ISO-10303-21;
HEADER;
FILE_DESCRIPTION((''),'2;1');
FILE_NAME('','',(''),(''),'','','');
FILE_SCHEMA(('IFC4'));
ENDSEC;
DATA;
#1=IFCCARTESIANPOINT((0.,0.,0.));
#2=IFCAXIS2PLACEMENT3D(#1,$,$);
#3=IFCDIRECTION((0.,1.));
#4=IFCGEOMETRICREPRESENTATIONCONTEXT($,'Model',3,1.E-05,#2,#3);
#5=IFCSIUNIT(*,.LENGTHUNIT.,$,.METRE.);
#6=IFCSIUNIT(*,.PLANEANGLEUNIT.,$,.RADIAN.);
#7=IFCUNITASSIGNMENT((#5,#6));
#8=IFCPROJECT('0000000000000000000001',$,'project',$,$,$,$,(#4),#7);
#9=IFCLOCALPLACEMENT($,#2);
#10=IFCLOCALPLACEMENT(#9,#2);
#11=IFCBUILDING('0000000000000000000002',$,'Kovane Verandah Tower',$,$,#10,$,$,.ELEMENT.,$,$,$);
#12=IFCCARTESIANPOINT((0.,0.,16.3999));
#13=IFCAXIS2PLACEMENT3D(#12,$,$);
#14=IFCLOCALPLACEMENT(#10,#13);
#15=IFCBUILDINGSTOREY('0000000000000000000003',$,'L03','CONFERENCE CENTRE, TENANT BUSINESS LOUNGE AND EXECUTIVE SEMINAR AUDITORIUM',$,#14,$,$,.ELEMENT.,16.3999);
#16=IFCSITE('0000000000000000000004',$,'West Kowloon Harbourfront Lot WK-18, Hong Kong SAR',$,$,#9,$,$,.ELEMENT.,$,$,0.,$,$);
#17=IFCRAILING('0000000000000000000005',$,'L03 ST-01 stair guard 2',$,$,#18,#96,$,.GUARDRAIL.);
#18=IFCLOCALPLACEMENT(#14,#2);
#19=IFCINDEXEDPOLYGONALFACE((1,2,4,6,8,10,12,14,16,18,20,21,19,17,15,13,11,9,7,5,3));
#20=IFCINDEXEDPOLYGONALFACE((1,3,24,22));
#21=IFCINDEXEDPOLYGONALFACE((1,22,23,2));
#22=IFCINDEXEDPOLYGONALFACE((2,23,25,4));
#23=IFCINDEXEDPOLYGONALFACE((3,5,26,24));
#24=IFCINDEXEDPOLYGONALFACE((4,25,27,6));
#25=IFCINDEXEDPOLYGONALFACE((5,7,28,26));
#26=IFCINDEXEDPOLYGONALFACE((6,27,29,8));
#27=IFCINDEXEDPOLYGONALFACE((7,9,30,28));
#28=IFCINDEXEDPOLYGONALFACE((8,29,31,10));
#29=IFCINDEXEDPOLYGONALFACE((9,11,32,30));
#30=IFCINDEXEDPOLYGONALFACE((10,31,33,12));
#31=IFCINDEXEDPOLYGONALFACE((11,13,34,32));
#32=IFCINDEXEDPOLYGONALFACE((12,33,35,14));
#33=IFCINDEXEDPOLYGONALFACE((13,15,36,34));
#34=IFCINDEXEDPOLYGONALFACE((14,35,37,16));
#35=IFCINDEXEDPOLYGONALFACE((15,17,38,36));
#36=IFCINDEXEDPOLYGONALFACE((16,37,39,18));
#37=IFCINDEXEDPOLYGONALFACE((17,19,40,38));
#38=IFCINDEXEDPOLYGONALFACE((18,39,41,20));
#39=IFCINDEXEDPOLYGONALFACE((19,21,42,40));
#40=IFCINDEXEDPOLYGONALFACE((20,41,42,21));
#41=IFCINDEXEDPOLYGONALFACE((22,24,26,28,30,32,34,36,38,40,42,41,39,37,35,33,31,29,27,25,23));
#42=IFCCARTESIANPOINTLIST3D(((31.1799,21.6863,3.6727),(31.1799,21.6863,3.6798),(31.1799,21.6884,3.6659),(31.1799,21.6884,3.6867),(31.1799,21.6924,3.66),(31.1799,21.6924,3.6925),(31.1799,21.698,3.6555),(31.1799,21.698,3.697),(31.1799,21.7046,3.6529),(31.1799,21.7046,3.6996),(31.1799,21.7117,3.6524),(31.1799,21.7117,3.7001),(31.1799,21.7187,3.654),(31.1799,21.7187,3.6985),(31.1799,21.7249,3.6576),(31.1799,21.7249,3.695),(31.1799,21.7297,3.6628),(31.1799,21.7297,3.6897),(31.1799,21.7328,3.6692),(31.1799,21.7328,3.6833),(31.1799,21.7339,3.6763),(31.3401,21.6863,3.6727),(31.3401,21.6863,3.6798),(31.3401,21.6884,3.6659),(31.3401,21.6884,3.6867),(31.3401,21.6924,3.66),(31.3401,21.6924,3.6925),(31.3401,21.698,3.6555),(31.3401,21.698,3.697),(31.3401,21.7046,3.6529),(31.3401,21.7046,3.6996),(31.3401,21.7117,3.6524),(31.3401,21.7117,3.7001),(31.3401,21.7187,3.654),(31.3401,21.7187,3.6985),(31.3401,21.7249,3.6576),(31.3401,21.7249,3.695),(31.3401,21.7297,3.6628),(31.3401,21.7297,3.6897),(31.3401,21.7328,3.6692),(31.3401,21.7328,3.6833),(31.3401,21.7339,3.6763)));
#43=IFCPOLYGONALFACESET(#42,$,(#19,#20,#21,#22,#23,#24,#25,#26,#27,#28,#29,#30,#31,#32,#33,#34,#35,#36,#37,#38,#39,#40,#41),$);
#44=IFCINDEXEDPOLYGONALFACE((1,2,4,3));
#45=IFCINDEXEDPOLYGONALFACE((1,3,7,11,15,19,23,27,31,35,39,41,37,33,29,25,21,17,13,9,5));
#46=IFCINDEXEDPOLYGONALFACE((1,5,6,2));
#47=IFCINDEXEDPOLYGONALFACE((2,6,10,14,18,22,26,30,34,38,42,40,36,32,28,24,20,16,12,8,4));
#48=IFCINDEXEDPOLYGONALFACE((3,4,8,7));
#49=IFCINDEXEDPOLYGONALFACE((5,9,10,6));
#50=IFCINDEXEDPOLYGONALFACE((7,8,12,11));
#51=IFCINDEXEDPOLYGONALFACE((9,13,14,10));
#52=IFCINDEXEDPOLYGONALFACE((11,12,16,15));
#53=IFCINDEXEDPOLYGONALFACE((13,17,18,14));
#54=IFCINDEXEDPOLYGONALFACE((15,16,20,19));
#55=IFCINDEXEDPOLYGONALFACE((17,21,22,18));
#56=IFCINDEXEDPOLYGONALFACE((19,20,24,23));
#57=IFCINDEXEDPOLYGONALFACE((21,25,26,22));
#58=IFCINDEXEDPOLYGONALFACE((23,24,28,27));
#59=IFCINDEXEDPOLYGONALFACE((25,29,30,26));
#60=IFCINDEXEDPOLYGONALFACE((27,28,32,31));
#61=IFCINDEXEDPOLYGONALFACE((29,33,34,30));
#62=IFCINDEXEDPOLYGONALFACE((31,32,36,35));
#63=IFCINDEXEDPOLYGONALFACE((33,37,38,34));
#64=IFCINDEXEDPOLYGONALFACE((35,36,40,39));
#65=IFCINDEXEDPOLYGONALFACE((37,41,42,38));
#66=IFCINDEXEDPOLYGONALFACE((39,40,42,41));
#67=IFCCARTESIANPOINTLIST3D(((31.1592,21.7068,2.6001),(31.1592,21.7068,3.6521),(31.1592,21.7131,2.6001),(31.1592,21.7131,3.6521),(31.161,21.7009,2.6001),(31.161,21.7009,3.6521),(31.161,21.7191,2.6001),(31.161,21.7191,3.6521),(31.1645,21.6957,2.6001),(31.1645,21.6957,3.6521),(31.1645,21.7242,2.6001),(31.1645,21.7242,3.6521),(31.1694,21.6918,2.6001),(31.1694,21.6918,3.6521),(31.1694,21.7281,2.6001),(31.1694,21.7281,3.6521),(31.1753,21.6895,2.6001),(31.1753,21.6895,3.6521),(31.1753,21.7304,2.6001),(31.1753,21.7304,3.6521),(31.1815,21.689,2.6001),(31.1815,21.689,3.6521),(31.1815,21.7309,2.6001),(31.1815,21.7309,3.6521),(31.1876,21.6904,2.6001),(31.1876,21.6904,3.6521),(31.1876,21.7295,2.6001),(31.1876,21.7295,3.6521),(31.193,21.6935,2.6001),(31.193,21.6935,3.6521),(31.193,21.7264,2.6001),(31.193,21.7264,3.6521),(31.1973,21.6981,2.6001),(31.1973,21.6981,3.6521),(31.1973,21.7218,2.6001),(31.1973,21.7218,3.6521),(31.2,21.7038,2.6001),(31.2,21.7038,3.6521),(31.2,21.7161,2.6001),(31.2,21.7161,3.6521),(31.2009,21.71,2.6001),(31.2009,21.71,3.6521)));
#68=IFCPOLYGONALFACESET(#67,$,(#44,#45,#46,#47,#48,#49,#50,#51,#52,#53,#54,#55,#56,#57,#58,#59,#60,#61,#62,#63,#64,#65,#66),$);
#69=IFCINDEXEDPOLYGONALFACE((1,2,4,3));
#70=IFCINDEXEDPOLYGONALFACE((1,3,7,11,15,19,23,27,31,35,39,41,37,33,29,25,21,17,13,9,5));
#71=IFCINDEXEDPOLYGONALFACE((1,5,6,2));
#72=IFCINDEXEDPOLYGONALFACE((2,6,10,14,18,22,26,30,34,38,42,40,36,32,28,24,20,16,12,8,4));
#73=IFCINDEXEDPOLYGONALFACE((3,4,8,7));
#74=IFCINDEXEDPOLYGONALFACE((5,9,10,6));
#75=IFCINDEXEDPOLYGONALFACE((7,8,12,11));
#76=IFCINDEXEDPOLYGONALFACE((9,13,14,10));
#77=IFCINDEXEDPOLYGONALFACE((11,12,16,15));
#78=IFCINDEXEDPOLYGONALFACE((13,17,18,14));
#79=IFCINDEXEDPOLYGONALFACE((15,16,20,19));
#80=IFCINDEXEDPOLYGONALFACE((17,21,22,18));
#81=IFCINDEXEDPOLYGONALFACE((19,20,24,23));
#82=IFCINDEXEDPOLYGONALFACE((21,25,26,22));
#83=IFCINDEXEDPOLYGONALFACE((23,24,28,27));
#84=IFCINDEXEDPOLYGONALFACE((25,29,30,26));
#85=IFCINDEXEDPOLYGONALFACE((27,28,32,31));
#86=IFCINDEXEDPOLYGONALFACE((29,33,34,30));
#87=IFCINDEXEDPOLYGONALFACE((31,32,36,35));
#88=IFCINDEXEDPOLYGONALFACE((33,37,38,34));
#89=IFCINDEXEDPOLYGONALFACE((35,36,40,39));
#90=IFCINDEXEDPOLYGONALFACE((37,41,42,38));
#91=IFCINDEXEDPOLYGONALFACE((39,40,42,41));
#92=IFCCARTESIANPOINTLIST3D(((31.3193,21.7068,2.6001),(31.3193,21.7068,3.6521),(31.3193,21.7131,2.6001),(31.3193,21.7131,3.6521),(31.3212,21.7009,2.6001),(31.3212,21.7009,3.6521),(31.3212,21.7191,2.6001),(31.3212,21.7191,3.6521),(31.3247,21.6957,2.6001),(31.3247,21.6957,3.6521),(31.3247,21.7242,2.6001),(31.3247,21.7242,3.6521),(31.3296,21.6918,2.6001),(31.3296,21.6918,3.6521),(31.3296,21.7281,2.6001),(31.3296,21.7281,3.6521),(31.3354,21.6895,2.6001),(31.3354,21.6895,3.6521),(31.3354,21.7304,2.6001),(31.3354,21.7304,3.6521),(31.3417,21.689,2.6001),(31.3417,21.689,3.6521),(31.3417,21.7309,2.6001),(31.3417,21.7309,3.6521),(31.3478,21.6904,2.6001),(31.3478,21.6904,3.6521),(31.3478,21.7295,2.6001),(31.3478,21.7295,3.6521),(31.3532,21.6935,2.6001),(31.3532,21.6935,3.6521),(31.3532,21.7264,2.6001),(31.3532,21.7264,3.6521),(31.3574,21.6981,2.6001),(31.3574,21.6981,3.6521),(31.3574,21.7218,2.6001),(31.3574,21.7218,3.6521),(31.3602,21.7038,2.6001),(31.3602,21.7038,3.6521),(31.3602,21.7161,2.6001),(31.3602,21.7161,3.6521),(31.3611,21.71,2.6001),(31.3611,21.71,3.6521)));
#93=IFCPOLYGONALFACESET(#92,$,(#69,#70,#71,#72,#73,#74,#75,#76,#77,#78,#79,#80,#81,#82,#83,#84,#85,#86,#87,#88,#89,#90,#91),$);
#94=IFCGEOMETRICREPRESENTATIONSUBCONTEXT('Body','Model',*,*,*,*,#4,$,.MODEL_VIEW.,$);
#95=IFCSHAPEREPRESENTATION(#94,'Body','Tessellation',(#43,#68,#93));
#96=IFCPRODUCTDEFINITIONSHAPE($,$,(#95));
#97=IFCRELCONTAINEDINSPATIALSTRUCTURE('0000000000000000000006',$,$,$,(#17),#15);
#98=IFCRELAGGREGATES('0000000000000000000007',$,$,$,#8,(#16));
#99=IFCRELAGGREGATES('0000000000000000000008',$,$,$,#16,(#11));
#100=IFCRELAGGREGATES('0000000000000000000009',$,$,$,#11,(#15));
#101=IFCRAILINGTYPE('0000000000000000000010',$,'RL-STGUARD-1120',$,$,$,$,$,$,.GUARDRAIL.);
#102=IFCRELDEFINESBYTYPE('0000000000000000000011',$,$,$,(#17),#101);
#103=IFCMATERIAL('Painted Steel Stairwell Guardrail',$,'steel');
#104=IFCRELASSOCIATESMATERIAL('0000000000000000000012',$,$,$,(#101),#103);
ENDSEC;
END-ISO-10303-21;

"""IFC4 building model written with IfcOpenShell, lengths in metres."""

from ifc_helpers import new_model, si_unit, direction, frame, origin, origin_2d, place, context, subcontext, project, spatial, circle, extrude, material, type_object, element, save


model = new_model("IFC4")

# Units and contexts
model_context = context("Model", 3, precision=1e-05, world=origin(), true_north=direction((0.0, 1.0)))
body_context = subcontext(model_context, "Body", "Model", "MODEL_VIEW")
ifc_project = project(units=[si_unit("LENGTHUNIT", "METRE"), si_unit("PLANEANGLEUNIT", "RADIAN")], contexts=[model_context])

# Site, building, storey
site_placement = place(None, origin())
site = spatial("IfcSite", under=ifc_project, at=site_placement, Name="West Kowloon Harbourfront Lot WK-18, Hong Kong SAR", CompositionType="ELEMENT", RefElevation=0.0)
building_placement = place(site_placement, origin())
building = spatial("IfcBuilding", under=site, at=building_placement, Name="Kovane Verandah Tower", CompositionType="ELEMENT")
storey_placement = place(building_placement, frame((0.0, 0.0, 16.3999)))
storey = spatial("IfcBuildingStorey", under=building, at=storey_placement, Name="L03", Description="CONFERENCE CENTRE, TENANT BUSINESS LOUNGE AND EXECUTIVE SEMINAR AUDITORIUM", CompositionType="ELEMENT", Elevation=16.3999)

# Railing
ifc_material_1 = material(Name="Painted Steel Stairwell Guardrail", Category="steel")
railing_type_1 = type_object("IfcRailingType", Name="RL-STGUARD-1120", PredefinedType="GUARDRAIL", material=ifc_material_1)
railing_1_placement = place(storey_placement, frame((31.1799, 21.71, 2.6001)))
element("IfcRailing", 1, at=railing_1_placement, inside=storey, type_object=railing_type_1, Name="L03 ST-01 stair guard 2", PredefinedType="GUARDRAIL", context=body_context, shape_type="SweptSolid", body=[
    extrude(circle(Radius=0.0239, at=origin_2d()), frame((0.0, 0.0, 1.0762), z_axis=(1.0, 0.0, 0.0), x_axis=(0.0, 1.0, 0.0)), (0.0, 0.0, 1.0), 0.1602),
    extrude(circle(Radius=0.021, at=origin_2d()), origin(), (0.0, 0.0, 1.0), 1.052),
    extrude(circle(Radius=0.021, at=origin_2d()), frame((0.1602, 0.0, 0.0)), (0.0, 0.0, 1.0), 1.052),
])

save(model, "model.ifc")
